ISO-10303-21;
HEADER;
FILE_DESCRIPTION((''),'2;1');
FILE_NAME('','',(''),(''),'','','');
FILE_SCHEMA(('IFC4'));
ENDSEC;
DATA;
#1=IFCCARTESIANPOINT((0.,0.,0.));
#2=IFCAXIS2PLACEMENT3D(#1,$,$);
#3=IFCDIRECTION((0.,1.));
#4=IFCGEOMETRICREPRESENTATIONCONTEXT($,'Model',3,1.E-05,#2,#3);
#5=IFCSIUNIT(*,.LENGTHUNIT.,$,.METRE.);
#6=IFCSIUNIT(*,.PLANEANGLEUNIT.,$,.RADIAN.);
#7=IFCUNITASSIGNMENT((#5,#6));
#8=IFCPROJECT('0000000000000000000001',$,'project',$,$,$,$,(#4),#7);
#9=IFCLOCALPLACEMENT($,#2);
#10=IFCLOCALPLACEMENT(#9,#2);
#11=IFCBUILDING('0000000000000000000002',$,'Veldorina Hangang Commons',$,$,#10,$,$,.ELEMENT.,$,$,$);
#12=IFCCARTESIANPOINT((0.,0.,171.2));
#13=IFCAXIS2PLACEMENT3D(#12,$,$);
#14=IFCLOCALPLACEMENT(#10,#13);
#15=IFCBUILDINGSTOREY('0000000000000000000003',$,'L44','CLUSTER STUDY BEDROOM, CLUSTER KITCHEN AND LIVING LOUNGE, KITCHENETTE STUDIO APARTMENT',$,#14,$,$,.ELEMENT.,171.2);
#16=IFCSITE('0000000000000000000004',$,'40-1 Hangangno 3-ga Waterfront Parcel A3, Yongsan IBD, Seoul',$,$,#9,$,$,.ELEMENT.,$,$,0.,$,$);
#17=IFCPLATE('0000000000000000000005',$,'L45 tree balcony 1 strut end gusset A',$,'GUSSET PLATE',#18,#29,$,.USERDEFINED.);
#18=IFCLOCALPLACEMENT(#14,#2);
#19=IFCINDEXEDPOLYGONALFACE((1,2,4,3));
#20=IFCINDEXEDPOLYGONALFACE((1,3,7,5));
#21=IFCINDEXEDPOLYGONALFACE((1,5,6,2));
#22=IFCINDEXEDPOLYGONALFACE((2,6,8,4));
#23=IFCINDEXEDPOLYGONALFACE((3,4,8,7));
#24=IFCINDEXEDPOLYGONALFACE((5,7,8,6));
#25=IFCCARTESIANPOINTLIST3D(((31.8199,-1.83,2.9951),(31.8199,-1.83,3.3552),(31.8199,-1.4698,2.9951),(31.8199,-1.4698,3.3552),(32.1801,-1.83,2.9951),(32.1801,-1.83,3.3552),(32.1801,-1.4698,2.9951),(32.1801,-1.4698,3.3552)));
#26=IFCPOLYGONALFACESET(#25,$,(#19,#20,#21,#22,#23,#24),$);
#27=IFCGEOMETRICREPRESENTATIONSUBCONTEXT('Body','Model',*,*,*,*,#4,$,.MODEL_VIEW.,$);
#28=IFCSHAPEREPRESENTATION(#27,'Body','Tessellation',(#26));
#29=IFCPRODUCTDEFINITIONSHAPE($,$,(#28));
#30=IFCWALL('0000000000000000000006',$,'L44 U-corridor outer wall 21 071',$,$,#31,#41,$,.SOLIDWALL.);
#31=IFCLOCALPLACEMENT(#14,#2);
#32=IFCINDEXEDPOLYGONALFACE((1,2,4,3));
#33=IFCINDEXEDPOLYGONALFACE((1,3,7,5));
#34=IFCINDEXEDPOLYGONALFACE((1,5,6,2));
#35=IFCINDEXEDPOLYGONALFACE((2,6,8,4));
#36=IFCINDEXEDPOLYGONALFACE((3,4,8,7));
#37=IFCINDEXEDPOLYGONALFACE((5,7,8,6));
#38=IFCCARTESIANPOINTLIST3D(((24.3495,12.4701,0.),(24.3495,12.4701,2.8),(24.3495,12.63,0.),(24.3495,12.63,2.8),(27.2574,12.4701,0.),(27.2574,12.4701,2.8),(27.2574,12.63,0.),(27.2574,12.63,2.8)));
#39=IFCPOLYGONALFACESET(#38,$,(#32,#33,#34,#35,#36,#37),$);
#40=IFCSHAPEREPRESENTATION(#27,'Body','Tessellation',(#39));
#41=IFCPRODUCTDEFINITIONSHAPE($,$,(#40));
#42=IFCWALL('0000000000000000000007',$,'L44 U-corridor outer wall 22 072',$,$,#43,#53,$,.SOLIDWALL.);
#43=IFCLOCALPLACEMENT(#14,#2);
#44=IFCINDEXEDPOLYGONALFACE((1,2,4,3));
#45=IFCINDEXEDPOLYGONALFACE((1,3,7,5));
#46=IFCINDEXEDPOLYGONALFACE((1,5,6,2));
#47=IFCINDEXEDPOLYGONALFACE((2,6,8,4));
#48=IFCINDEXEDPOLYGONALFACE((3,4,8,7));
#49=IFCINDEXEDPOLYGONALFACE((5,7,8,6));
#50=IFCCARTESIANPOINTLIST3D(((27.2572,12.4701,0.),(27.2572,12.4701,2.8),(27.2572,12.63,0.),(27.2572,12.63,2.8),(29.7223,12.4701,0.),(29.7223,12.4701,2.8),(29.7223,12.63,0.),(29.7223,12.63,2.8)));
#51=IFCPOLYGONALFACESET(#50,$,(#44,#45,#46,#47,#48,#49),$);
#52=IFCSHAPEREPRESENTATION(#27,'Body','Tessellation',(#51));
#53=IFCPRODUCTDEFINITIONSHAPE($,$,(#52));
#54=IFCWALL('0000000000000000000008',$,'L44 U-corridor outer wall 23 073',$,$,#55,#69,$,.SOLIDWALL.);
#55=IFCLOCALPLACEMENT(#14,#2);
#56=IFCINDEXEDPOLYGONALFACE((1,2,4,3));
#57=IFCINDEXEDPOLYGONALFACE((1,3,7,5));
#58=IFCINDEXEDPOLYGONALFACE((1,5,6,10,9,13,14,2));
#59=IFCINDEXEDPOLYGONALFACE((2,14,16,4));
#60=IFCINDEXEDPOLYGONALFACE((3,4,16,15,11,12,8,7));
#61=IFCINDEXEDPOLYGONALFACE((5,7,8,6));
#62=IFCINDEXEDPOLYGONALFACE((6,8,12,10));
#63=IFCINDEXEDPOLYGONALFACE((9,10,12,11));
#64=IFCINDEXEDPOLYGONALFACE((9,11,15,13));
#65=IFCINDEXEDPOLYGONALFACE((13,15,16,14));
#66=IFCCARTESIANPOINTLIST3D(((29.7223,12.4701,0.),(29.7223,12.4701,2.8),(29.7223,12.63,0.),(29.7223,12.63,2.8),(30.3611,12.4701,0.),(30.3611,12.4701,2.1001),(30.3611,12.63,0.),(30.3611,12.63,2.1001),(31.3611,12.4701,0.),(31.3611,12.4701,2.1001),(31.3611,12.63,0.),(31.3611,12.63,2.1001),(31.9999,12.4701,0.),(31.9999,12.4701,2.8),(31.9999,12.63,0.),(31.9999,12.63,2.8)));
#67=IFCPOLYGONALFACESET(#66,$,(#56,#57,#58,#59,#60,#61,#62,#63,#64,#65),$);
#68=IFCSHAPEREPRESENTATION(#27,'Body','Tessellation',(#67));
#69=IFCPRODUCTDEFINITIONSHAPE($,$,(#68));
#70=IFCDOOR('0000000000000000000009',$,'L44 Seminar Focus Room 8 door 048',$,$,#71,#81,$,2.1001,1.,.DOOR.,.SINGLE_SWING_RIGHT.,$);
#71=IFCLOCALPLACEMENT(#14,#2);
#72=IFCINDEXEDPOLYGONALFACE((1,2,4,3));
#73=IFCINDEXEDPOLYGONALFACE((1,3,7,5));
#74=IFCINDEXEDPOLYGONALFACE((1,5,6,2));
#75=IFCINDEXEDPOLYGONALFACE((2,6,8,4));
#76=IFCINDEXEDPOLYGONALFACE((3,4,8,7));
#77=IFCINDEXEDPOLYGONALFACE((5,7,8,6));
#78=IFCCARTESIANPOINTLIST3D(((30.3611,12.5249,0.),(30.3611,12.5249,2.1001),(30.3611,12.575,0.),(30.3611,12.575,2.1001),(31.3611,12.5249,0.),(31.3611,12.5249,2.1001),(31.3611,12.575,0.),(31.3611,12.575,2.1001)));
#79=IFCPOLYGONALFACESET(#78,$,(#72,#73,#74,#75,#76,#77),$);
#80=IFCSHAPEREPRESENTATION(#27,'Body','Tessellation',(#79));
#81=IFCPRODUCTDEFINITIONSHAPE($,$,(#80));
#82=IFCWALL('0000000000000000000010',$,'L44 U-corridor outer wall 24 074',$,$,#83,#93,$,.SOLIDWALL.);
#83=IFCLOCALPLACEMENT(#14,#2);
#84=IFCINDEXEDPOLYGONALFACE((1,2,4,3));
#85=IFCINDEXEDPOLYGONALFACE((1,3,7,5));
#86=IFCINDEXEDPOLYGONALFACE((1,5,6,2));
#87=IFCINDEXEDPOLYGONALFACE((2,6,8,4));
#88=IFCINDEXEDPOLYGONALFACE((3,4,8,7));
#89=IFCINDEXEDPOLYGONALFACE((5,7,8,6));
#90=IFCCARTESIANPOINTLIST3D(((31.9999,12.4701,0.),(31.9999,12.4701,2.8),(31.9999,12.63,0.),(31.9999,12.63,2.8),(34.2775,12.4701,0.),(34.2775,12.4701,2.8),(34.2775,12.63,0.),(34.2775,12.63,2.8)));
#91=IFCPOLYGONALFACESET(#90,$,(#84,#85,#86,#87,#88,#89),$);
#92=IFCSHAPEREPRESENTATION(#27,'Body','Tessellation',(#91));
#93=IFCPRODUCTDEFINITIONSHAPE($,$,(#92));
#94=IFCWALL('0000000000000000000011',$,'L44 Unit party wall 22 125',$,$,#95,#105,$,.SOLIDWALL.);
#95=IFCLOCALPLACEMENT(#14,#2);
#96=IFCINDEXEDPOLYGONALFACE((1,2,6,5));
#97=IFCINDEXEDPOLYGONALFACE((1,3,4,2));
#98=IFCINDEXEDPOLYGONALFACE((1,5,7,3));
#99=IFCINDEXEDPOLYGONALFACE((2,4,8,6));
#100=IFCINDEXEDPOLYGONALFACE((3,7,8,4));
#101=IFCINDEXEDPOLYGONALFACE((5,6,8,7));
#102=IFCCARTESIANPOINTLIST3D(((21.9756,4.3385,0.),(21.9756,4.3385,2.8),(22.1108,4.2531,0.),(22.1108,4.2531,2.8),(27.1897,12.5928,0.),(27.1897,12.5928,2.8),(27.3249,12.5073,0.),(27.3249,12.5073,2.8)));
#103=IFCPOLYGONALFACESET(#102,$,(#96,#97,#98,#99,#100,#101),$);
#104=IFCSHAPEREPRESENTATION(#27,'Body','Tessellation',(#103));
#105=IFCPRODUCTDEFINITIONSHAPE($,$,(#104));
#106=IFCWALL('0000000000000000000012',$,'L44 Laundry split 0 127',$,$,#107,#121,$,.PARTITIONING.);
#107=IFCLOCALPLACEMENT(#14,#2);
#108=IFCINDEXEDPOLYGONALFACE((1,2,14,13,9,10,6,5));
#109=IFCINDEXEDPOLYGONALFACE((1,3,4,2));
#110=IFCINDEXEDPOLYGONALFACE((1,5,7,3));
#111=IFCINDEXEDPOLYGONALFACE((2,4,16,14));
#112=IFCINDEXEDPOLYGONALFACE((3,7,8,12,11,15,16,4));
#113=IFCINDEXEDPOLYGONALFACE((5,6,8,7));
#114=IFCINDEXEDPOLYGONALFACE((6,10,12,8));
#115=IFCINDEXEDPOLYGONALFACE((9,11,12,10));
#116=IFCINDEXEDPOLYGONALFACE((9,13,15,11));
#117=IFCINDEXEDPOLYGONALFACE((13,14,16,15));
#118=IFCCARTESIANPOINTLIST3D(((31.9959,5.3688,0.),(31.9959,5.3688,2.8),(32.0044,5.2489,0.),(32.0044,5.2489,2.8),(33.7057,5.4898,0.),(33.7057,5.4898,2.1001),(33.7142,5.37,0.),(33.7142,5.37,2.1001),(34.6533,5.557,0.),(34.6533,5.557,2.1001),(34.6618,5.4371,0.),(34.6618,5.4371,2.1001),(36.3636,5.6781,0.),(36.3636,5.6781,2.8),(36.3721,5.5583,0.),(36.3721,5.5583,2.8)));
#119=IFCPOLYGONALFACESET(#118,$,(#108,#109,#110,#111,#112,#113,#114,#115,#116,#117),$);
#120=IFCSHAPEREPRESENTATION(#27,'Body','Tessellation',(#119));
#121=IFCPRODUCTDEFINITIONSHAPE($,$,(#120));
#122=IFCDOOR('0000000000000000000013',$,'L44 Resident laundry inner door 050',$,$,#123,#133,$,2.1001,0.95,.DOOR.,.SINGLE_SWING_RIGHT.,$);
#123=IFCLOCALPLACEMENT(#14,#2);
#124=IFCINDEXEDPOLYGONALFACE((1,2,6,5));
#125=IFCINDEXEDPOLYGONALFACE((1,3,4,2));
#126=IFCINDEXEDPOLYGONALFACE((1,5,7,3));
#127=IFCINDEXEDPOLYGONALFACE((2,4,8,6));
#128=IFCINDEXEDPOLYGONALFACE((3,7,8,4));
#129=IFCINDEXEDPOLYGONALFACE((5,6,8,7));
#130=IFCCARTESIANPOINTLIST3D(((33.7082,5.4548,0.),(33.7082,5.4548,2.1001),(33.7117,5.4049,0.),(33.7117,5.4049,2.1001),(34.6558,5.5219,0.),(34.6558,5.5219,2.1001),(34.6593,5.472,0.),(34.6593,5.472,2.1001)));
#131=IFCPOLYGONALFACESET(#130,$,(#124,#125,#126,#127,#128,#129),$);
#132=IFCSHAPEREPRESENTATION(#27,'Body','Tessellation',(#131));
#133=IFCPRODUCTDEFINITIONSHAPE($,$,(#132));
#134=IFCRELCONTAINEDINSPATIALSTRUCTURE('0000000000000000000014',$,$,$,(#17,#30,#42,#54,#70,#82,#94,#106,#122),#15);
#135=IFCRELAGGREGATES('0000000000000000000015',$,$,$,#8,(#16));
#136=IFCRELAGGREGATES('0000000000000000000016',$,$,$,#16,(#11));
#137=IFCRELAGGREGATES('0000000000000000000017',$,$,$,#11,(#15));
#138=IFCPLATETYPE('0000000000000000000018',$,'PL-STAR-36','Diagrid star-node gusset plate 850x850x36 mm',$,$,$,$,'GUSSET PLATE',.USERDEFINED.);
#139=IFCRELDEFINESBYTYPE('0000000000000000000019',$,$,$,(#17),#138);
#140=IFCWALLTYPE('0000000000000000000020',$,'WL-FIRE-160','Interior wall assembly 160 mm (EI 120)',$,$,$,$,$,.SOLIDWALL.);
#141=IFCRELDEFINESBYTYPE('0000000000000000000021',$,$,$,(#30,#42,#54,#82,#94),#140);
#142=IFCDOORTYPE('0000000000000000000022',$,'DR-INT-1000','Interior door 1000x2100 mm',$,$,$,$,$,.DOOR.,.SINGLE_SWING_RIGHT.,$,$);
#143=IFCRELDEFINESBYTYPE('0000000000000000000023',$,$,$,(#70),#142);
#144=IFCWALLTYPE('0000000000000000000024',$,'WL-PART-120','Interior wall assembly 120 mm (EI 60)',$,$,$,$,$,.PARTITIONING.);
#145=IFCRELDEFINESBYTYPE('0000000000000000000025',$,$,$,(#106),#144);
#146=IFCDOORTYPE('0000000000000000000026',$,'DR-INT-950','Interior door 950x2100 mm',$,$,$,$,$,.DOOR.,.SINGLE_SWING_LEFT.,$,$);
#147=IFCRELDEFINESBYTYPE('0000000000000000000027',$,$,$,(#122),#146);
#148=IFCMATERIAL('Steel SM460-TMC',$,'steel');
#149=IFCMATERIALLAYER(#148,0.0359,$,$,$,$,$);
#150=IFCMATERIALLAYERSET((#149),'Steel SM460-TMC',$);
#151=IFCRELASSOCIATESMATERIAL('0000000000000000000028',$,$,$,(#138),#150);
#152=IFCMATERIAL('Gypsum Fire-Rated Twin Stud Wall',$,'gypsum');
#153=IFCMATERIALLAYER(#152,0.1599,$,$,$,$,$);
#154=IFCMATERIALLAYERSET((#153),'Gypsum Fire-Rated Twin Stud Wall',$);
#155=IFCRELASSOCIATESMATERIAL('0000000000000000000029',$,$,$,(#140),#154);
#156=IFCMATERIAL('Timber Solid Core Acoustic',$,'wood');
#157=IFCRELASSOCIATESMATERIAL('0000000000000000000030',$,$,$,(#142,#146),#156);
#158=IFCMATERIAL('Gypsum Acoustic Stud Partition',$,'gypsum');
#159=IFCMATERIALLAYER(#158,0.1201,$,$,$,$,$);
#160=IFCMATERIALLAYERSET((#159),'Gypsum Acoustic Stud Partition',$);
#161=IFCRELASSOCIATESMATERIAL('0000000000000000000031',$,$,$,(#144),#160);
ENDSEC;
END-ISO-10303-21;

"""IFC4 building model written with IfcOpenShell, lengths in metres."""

from ifc_helpers import new_model, si_unit, direction, frame, frame_2d, origin, origin_2d, place, context, subcontext, project, spatial, rectangle, extrude, material, layer, layer_set, type_object, element, fill, save


model = new_model("IFC4")

# Units and contexts
model_context = context("Model", 3, precision=1e-05, world=origin(), true_north=direction((0.0, 1.0)))
body_context = subcontext(model_context, "Body", "Model", "MODEL_VIEW")
ifc_project = project(units=[si_unit("LENGTHUNIT", "METRE"), si_unit("PLANEANGLEUNIT", "RADIAN")], contexts=[model_context])

# Site, building, storey
site_placement = place(None, origin())
site = spatial("IfcSite", under=ifc_project, at=site_placement, Name="40-1 Hangangno 3-ga Waterfront Parcel A3, Yongsan IBD, Seoul", CompositionType="ELEMENT", RefElevation=0.0)
building_placement = place(site_placement, origin())
building = spatial("IfcBuilding", under=site, at=building_placement, Name="Veldorina Hangang Commons", CompositionType="ELEMENT")
storey_placement = place(building_placement, frame((0.0, 0.0, 171.2)))
storey = spatial("IfcBuildingStorey", under=building, at=storey_placement, Name="L44", Description="CLUSTER STUDY BEDROOM, CLUSTER KITCHEN AND LIVING LOUNGE, KITCHENETTE STUDIO APARTMENT", CompositionType="ELEMENT", Elevation=171.2)

# Plate
ifc_material_1 = material(Name="Steel SM460-TMC", Category="steel")
ifc_layer_1 = layer(ifc_material_1, 0.0359)
ifc_layer_set_1 = layer_set([ifc_layer_1], Name="Steel SM460-TMC")
plate_type_1 = type_object("IfcPlateType", Name="PL-STAR-36", Description="Diagrid star-node gusset plate 850x850x36 mm", ElementType="GUSSET PLATE", PredefinedType="USERDEFINED", material=ifc_layer_set_1)
plate_1_placement = place(storey_placement, frame((32.0, -1.6499, 2.9951), z_axis=(0.0, 0.0, 1.0), x_axis=(1.0, 0.0, 0.0)))
element("IfcPlate", 1, at=plate_1_placement, inside=storey, type_object=plate_type_1, Name="L45 tree balcony 1 strut end gusset A", ObjectType="GUSSET PLATE", PredefinedType="USERDEFINED", context=body_context, shape_type="SweptSolid", body=[
    extrude(rectangle(XDim=0.3601, YDim=0.3601, at=origin_2d()), origin(), (0.0, 0.0, 1.0), 0.3601),
])

# Walls
ifc_material_2 = material(Name="Gypsum Fire-Rated Twin Stud Wall", Category="gypsum")
ifc_layer_2 = layer(ifc_material_2, 0.1599)
ifc_layer_set_2 = layer_set([ifc_layer_2], Name="Gypsum Fire-Rated Twin Stud Wall")
wall_type_1 = type_object("IfcWallType", Name="WL-FIRE-160", Description="Interior wall assembly 160 mm (EI 120)", PredefinedType="SOLIDWALL", material=ifc_layer_set_2)
wall_1_placement = place(storey_placement, frame((24.3494, 12.55, 0.0), z_axis=(0.0, 0.0, 1.0), x_axis=(1.0, 0.0, 0.0)))
element("IfcWall", 2, at=wall_1_placement, inside=storey, type_object=wall_type_1, Name="L44 U-corridor outer wall 21 071", PredefinedType="SOLIDWALL", context=body_context, shape_type="SweptSolid", body=[
    extrude(rectangle(XDim=2.908, YDim=0.1599, at=frame_2d((1.4541, 0.0))), origin(), (0.0, 0.0, 1.0), 2.8),
])
wall_2_placement = place(storey_placement, frame((27.2573, 12.55, 0.0), z_axis=(0.0, 0.0, 1.0), x_axis=(1.0, 0.0, 0.0)))
element("IfcWall", 3, at=wall_2_placement, inside=storey, type_object=wall_type_1, Name="L44 U-corridor outer wall 22 072", PredefinedType="SOLIDWALL", context=body_context, shape_type="SweptSolid", body=[
    extrude(rectangle(XDim=2.4651, YDim=0.1599, at=frame_2d((1.2324, 0.0))), origin(), (0.0, 0.0, 1.0), 2.8),
])

# Wall, opening, door
wall_3_placement = place(storey_placement, frame((29.7224, 12.55, 0.0), z_axis=(0.0, 0.0, 1.0), x_axis=(1.0, 0.0, 0.0)))
wall_3 = element("IfcWall", 4, at=wall_3_placement, inside=storey, type_object=wall_type_1, Name="L44 U-corridor outer wall 23 073", PredefinedType="SOLIDWALL", context=body_context, shape_type="SweptSolid", body=[
    extrude(rectangle(XDim=2.2776, YDim=0.1599, at=frame_2d((1.1387, 0.0))), origin(), (0.0, 0.0, 1.0), 2.8),
])
opening_1_placement = place(wall_3_placement, frame((0.6387, 0.0, 0.0)))
opening_1 = element("IfcOpeningElement", 5, at=opening_1_placement, cuts=wall_3, PredefinedType="OPENING", context=body_context, shape_type="SweptSolid", body=[
    extrude(rectangle(XDim=1.0, YDim=2.1001, at=frame_2d((0.5, 1.05))), frame((0.0, 0.0898, 0.0), z_axis=(0.0, -1.0, 0.0), x_axis=(1.0, 0.0, 0.0)), (0.0, 0.0, 1.0), 0.1799),
])
ifc_material_3 = material(Name="Timber Solid Core Acoustic", Category="wood")
door_type_1 = type_object("IfcDoorType", Name="DR-INT-1000", Description="Interior door 1000x2100 mm", OperationType="SINGLE_SWING_RIGHT", PredefinedType="DOOR", material=ifc_material_3)
door_1_placement = place(opening_1_placement, origin())
door_1 = element("IfcDoor", 6, at=door_1_placement, inside=storey, type_object=door_type_1, Name="L44 Seminar Focus Room 8 door 048", OperationType="SINGLE_SWING_RIGHT", OverallHeight=2.1001, OverallWidth=1.0, PredefinedType="DOOR", context=body_context, shape_type="SweptSolid", body=[
    extrude(rectangle(XDim=1.0, YDim=2.1001, at=frame_2d((0.5, 1.05))), frame((0.0, 0.0249, 0.0), z_axis=(0.0, -1.0, 0.0), x_axis=(1.0, 0.0, 0.0)), (0.0, 0.0, 1.0), 0.05),
])
fill(opening_1, door_1)

# Walls
wall_4_placement = place(storey_placement, frame((32.0, 12.55, 0.0), z_axis=(0.0, 0.0, 1.0), x_axis=(1.0, 0.0, 0.0)))
element("IfcWall", 7, at=wall_4_placement, inside=storey, type_object=wall_type_1, Name="L44 U-corridor outer wall 24 074", PredefinedType="SOLIDWALL", context=body_context, shape_type="SweptSolid", body=[
    extrude(rectangle(XDim=2.2776, YDim=0.1599, at=frame_2d((1.1387, 0.0))), origin(), (0.0, 0.0, 1.0), 2.8),
])
wall_5_placement = place(storey_placement, frame((27.2573, 12.55, 0.0), z_axis=(0.0, 0.0, 1.0), x_axis=(-0.534064, -0.845444, 0.0)))
element("IfcWall", 8, at=wall_5_placement, inside=storey, type_object=wall_type_1, Name="L44 Unit party wall 22 125", PredefinedType="SOLIDWALL", context=body_context, shape_type="SweptSolid", body=[
    extrude(rectangle(XDim=9.7632, YDim=0.1599, at=frame_2d((4.8816, 0.0))), origin(), (0.0, 0.0, 1.0), 2.8),
])

# Wall, opening, door
ifc_material_4 = material(Name="Gypsum Acoustic Stud Partition", Category="gypsum")
ifc_layer_3 = layer(ifc_material_4, 0.1201)
ifc_layer_set_3 = layer_set([ifc_layer_3], Name="Gypsum Acoustic Stud Partition")
wall_type_2 = type_object("IfcWallType", Name="WL-PART-120", Description="Interior wall assembly 120 mm (EI 60)", PredefinedType="PARTITIONING", material=ifc_layer_set_3)
wall_6_placement = place(storey_placement, frame((32.0, 5.3088, 0.0), z_axis=(0.0, 0.0, 1.0), x_axis=(0.997502, 0.070645, 0.0)))
wall_6 = element("IfcWall", 9, at=wall_6_placement, inside=storey, type_object=wall_type_2, Name="L44 Laundry split 0 127", PredefinedType="PARTITIONING", context=body_context, shape_type="SweptSolid", body=[
    extrude(rectangle(XDim=4.3787, YDim=0.1201, at=frame_2d((2.1895, 0.0))), origin(), (0.0, 0.0, 1.0), 2.8),
])
opening_2_placement = place(wall_6_placement, frame((1.7141, 0.0, 0.0)))
opening_2 = element("IfcOpeningElement", 10, at=opening_2_placement, cuts=wall_6, PredefinedType="OPENING", context=body_context, shape_type="SweptSolid", body=[
    extrude(rectangle(XDim=0.95, YDim=2.1001, at=frame_2d((0.4751, 1.05))), frame((0.0, 0.0701, 0.0), z_axis=(0.0, -1.0, 0.0), x_axis=(1.0, 0.0, 0.0)), (0.0, 0.0, 1.0), 0.1401),
])
door_type_2 = type_object("IfcDoorType", Name="DR-INT-950", Description="Interior door 950x2100 mm", OperationType="SINGLE_SWING_LEFT", PredefinedType="DOOR", material=ifc_material_3)
door_2_placement = place(opening_2_placement, origin())
door_2 = element("IfcDoor", 11, at=door_2_placement, inside=storey, type_object=door_type_2, Name="L44 Resident laundry inner door 050", OperationType="SINGLE_SWING_RIGHT", OverallHeight=2.1001, OverallWidth=0.95, PredefinedType="DOOR", context=body_context, shape_type="SweptSolid", body=[
    extrude(rectangle(XDim=0.95, YDim=2.1001, at=frame_2d((0.4751, 1.05))), frame((0.0, 0.0249, 0.0), z_axis=(0.0, -1.0, 0.0), x_axis=(1.0, 0.0, 0.0)), (0.0, 0.0, 1.0), 0.05),
])
fill(opening_2, door_2)

save(model, "model.ifc")
